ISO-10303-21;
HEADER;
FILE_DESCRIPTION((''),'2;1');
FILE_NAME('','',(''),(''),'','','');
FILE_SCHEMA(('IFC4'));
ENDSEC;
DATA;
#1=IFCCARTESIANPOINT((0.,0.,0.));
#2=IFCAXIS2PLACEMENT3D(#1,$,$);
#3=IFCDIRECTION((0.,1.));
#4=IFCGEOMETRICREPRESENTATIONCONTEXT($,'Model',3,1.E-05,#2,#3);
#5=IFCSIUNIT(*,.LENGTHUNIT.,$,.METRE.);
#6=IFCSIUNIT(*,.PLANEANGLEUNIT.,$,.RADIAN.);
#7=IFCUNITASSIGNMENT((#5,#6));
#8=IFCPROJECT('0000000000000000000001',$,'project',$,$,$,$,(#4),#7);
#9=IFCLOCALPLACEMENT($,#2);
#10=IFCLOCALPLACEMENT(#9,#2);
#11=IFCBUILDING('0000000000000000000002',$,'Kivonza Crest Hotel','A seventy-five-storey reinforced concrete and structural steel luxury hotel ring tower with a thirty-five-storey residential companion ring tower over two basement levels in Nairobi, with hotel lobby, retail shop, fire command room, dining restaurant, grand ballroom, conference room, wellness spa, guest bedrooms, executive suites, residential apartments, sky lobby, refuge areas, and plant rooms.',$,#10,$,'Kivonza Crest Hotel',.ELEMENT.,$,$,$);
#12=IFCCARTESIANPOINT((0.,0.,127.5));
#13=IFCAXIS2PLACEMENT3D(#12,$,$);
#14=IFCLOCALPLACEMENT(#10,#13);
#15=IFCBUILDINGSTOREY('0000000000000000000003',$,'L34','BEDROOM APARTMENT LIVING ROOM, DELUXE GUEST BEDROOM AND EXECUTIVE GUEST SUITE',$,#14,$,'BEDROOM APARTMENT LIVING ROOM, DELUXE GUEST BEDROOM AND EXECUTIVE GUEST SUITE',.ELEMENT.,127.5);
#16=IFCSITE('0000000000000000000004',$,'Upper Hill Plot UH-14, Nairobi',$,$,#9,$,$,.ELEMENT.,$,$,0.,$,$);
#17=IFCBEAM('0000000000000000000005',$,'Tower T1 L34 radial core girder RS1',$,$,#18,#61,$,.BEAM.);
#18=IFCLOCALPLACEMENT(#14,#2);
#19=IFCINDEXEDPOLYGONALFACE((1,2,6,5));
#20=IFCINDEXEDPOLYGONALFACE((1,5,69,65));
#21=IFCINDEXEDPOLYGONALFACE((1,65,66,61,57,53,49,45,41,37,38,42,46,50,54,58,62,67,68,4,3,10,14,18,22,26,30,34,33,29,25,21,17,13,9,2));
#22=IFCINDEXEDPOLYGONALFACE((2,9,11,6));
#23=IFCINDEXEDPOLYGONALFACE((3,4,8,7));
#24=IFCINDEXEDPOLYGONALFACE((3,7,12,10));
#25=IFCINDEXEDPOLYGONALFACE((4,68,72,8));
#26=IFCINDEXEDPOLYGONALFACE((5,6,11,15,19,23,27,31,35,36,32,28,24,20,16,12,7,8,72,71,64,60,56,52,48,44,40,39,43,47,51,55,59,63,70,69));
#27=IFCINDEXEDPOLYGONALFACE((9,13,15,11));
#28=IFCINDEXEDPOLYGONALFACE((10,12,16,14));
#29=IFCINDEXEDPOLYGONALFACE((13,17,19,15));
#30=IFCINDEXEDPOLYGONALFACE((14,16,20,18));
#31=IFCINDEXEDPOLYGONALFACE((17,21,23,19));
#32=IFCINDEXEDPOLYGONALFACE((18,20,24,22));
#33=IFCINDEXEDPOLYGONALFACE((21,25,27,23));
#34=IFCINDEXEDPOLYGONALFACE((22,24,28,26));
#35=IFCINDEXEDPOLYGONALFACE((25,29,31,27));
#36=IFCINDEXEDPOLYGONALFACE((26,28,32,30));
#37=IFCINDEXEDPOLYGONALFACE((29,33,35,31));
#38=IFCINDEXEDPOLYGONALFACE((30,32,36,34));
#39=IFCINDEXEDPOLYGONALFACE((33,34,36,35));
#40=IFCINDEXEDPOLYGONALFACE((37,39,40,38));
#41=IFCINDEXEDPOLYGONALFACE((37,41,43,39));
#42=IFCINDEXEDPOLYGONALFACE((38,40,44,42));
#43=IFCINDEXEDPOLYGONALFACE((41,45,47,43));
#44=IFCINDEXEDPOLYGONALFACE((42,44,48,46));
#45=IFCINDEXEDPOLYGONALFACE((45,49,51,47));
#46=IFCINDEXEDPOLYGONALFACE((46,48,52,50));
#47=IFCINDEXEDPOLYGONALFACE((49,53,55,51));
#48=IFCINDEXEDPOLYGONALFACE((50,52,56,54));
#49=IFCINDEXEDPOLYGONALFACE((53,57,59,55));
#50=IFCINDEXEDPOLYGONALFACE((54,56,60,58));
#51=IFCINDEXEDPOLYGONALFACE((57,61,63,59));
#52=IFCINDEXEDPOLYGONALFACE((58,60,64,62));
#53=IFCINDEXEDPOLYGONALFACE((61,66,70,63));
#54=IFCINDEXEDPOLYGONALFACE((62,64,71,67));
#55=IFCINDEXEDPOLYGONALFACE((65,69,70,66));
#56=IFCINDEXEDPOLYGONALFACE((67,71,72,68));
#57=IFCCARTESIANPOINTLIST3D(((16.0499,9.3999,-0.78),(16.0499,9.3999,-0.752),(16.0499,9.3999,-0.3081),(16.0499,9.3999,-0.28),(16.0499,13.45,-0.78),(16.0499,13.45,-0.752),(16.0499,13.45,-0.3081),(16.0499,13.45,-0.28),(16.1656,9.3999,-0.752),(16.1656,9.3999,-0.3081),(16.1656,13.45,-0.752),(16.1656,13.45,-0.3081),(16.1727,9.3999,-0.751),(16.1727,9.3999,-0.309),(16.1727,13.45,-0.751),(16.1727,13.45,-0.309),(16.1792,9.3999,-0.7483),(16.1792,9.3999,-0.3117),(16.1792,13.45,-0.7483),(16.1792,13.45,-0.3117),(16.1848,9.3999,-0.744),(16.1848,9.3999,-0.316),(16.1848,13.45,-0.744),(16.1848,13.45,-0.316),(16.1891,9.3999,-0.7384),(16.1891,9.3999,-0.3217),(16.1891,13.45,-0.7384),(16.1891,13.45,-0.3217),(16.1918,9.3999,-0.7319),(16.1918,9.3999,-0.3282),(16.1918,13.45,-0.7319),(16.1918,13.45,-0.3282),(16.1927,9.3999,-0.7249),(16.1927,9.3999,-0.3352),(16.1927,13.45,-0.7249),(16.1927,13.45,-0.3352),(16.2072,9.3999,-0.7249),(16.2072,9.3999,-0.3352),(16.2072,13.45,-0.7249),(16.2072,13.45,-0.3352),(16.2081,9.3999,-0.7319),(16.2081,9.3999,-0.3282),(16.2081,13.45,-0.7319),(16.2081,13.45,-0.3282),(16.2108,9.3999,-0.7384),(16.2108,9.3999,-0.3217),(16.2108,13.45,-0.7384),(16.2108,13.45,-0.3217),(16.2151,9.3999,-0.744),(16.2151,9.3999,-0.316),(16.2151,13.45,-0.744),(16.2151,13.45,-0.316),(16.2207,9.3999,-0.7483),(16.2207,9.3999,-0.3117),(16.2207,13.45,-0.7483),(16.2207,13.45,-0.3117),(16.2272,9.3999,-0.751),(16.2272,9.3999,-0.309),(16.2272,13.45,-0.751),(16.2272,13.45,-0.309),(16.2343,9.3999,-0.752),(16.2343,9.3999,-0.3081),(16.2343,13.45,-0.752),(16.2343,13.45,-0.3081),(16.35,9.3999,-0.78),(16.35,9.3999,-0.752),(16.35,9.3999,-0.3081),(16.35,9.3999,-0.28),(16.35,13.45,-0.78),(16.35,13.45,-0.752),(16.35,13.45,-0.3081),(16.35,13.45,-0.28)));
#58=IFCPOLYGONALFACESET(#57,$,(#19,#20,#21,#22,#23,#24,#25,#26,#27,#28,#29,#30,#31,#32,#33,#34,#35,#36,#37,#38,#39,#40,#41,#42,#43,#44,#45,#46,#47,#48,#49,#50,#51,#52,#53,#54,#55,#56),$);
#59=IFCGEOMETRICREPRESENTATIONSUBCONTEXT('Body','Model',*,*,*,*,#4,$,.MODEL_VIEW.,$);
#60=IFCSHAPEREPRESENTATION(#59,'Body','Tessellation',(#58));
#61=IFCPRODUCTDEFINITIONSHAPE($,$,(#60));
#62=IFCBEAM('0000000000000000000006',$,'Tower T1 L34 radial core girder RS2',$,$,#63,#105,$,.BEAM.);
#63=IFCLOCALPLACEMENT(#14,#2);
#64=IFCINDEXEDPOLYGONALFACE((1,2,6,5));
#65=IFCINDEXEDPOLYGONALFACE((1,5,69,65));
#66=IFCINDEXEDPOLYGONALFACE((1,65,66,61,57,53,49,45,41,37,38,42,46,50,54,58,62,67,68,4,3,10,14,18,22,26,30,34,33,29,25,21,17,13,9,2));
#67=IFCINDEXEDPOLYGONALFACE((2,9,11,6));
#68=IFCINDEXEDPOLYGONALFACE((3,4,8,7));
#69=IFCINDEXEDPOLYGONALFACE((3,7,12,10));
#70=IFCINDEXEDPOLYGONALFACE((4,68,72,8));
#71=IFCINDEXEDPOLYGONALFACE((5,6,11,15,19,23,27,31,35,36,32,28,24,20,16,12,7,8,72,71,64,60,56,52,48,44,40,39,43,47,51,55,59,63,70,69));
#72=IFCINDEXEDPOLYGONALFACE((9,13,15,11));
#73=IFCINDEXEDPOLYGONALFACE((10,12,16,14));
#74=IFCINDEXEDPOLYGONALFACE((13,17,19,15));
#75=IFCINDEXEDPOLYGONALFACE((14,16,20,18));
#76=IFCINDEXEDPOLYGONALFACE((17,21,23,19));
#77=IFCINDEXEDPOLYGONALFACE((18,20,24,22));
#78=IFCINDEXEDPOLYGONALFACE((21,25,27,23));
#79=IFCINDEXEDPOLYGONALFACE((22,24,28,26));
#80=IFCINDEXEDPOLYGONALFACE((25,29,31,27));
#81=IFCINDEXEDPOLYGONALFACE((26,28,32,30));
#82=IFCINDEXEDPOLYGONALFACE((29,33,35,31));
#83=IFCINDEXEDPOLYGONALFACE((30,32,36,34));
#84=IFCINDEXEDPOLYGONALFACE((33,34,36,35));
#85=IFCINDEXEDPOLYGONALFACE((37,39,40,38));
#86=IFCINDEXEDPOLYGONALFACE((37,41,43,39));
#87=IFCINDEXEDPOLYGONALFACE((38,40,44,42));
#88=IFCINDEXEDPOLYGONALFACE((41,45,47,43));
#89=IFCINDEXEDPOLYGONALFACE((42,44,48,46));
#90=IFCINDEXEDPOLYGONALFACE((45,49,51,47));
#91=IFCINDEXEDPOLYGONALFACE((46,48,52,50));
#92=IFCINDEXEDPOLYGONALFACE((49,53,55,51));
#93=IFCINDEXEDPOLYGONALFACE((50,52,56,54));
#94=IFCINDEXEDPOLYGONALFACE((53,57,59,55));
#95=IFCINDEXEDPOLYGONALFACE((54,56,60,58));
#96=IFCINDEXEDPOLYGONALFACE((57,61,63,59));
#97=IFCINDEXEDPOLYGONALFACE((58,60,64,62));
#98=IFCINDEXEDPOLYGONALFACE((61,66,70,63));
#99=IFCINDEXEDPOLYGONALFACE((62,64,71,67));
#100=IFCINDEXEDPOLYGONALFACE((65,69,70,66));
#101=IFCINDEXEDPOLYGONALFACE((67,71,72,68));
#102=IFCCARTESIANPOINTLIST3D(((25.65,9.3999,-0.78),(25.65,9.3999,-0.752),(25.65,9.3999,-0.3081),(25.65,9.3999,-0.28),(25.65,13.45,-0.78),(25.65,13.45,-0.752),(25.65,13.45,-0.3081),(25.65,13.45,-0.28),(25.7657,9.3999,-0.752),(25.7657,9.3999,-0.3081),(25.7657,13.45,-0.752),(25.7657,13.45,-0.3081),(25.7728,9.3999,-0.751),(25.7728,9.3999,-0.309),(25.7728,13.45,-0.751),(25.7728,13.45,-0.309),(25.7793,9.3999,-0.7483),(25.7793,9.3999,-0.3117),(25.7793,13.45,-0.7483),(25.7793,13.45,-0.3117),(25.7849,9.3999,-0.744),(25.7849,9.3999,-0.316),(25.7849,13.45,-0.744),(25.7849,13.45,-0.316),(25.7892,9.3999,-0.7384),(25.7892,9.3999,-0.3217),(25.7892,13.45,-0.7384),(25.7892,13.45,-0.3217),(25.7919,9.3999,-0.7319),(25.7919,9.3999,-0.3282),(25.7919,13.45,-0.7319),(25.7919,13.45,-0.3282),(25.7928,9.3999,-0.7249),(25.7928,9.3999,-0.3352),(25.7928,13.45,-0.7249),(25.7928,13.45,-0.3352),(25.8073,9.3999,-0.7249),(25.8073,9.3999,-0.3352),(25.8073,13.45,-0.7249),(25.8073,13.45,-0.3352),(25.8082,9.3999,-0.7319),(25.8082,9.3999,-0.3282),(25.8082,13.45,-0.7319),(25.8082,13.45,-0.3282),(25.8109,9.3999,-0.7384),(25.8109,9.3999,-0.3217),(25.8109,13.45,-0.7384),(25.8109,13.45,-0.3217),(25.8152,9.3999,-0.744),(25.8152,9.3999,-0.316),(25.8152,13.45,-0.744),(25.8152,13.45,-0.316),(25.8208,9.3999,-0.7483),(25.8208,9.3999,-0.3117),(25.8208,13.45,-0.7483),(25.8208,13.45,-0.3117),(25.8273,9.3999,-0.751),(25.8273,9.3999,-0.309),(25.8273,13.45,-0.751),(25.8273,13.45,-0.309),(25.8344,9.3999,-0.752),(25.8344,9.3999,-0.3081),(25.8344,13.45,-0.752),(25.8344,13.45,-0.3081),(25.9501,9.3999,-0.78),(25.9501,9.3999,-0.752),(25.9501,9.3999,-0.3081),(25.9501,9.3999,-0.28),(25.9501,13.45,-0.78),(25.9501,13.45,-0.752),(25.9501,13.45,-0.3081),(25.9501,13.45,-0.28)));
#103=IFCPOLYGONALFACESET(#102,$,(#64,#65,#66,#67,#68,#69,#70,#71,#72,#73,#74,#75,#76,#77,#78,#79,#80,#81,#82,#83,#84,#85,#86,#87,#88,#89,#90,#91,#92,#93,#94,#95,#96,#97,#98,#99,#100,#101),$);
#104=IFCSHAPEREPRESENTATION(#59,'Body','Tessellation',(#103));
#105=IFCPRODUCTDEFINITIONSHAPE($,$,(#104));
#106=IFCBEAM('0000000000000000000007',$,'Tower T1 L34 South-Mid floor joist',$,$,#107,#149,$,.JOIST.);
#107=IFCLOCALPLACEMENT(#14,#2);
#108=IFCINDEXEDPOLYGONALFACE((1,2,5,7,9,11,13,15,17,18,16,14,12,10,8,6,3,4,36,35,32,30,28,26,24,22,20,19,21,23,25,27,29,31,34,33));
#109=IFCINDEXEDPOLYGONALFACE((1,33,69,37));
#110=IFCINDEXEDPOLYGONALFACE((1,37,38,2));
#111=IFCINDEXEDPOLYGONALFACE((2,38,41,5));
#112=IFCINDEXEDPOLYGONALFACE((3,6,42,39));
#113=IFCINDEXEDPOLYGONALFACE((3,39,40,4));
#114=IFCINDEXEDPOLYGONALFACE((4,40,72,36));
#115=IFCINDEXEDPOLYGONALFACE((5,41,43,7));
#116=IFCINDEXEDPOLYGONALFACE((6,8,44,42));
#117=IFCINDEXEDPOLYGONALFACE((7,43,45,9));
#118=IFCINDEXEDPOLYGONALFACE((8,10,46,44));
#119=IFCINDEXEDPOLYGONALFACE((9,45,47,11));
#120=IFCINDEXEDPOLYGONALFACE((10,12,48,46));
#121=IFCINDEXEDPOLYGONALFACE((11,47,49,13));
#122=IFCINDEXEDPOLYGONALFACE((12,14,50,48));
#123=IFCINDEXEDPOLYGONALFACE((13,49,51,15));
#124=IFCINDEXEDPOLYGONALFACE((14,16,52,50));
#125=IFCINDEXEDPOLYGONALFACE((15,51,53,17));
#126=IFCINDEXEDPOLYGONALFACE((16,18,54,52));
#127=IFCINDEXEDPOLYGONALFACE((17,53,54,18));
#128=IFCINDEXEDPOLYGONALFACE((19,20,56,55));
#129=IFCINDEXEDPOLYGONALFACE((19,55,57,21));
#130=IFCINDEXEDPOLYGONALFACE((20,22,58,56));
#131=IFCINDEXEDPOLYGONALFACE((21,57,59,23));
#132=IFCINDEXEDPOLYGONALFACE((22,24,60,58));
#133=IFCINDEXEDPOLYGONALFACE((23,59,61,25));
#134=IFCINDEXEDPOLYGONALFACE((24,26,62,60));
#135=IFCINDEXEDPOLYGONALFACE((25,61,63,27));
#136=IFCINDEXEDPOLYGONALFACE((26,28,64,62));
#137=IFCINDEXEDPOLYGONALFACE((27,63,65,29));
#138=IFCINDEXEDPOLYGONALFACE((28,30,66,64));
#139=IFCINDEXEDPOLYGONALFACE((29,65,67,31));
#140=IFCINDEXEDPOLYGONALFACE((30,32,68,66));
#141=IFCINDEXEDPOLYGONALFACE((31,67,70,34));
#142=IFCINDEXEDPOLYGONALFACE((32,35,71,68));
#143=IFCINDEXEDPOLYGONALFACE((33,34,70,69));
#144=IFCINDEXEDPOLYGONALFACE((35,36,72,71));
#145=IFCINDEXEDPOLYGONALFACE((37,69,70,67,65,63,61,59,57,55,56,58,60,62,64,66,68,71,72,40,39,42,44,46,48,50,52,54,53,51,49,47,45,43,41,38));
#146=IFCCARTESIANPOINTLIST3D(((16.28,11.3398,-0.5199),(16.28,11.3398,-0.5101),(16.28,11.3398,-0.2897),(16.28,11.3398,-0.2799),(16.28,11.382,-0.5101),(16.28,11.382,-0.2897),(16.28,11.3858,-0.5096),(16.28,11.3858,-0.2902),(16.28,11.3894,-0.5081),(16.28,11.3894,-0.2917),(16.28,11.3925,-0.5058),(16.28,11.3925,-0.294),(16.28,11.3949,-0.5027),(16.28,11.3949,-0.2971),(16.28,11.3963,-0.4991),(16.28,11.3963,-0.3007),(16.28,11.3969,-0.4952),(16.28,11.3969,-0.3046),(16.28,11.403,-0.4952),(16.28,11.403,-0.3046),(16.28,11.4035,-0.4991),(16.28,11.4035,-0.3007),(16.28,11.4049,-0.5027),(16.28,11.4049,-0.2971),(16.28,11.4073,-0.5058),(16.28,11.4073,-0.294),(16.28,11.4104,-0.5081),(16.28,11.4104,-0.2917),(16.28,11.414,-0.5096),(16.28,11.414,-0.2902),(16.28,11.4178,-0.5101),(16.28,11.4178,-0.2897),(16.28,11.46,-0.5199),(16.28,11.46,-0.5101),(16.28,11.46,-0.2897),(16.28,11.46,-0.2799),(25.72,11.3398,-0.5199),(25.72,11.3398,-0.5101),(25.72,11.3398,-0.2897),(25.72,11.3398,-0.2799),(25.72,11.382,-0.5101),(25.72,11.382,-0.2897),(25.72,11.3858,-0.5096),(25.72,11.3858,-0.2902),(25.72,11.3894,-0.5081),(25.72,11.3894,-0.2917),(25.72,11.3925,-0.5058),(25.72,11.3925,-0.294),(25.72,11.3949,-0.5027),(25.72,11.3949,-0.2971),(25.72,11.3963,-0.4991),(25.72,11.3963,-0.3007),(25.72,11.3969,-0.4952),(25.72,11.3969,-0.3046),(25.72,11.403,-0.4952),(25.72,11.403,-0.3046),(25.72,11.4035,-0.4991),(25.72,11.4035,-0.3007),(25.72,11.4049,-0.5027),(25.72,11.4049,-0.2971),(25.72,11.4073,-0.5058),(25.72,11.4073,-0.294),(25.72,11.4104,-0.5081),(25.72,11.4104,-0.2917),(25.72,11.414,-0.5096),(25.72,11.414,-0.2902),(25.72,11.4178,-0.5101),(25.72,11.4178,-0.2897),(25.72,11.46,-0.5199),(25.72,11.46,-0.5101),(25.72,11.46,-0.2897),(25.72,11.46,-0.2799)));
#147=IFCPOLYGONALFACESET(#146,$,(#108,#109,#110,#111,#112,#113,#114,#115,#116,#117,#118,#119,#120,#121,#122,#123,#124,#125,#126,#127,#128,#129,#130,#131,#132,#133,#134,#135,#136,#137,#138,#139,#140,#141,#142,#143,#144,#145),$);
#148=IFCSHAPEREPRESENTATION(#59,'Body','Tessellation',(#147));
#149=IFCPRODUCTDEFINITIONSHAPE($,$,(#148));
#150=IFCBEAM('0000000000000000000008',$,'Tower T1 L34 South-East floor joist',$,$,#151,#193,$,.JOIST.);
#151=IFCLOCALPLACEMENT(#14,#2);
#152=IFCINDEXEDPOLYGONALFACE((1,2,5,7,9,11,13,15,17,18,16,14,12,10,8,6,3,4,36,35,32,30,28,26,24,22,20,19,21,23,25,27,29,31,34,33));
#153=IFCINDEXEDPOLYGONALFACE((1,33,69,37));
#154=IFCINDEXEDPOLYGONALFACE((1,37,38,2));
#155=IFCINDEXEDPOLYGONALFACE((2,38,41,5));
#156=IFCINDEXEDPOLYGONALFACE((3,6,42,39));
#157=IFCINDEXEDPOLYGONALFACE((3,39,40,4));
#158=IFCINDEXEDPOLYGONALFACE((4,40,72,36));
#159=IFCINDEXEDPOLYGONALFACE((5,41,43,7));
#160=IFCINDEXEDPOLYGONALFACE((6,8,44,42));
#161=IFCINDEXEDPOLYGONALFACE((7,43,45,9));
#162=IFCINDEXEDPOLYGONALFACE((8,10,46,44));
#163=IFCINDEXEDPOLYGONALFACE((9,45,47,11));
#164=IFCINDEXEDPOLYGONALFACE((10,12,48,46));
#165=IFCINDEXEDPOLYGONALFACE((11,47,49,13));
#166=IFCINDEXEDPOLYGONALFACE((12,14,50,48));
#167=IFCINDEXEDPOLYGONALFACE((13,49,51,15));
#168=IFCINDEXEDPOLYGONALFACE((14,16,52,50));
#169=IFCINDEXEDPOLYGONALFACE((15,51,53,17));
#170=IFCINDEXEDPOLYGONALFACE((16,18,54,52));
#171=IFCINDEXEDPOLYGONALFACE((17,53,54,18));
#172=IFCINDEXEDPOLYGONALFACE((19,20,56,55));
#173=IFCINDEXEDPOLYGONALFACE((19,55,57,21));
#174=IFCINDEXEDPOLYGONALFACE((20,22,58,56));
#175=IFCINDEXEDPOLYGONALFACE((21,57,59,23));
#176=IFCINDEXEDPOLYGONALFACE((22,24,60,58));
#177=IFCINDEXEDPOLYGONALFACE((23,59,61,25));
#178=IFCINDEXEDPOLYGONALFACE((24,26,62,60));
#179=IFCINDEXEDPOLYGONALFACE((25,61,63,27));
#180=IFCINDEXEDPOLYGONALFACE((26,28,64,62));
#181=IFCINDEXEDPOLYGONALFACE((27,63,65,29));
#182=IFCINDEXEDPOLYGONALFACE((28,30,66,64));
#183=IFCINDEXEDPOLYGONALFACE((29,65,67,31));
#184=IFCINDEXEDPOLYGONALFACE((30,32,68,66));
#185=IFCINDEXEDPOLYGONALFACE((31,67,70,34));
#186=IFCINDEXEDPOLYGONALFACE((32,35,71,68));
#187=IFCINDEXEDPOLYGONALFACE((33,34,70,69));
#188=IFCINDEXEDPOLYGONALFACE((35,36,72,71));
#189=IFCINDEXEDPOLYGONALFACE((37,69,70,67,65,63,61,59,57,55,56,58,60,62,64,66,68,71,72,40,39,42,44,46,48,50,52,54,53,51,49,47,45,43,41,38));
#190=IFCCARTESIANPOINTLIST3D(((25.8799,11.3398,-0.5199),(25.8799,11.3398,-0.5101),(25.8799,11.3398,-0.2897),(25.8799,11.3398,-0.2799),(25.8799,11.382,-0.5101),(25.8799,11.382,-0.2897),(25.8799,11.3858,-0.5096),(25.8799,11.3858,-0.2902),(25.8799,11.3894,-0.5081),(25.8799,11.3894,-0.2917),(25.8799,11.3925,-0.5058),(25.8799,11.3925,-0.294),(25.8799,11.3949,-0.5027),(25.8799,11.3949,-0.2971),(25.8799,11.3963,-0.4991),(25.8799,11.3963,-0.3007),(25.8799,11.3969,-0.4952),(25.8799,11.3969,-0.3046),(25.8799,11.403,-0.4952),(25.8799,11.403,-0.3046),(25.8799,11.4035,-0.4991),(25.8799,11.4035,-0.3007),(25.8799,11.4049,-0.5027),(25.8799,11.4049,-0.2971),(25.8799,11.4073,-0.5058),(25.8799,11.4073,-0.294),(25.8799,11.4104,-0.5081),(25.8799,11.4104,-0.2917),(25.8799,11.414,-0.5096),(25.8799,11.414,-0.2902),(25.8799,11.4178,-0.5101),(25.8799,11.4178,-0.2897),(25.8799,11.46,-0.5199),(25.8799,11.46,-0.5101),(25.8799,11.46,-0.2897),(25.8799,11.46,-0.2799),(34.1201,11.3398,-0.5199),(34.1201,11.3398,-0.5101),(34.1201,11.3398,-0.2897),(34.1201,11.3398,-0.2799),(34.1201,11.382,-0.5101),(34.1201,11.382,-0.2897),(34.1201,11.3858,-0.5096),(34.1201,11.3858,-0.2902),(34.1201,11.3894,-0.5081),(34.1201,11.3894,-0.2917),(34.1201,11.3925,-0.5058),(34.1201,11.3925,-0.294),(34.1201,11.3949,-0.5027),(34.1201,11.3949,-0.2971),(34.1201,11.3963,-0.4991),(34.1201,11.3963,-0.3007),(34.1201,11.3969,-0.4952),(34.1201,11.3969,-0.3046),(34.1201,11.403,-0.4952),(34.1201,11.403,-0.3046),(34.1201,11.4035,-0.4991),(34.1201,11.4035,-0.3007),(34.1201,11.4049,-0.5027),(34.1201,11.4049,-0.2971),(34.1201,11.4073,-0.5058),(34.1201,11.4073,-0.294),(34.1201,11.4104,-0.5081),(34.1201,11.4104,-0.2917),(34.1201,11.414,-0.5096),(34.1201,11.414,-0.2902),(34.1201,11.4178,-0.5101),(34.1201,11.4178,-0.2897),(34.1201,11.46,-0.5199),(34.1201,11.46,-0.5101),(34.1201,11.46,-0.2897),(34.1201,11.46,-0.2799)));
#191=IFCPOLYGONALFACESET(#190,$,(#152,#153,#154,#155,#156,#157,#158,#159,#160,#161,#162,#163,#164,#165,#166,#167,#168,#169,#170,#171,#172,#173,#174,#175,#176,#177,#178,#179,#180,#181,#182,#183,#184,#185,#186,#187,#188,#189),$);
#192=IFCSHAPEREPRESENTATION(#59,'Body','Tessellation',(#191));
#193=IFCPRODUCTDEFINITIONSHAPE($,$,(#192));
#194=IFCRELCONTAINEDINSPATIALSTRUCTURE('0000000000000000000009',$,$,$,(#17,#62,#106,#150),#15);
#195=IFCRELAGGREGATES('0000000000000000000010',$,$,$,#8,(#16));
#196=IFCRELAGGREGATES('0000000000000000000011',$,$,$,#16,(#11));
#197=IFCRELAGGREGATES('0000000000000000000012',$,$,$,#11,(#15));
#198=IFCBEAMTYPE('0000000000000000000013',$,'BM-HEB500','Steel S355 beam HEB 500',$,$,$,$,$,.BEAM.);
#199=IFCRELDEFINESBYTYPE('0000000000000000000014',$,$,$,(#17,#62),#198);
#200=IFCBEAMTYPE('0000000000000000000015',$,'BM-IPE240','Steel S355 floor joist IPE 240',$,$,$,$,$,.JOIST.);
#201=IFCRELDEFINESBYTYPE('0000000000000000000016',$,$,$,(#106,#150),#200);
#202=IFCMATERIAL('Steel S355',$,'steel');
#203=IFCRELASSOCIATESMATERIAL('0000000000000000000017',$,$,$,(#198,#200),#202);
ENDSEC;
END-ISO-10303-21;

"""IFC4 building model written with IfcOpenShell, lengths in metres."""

from ifc_helpers import new_model, si_unit, direction, frame, origin, origin_2d, place, context, subcontext, project, spatial, i_section, extrude, material, material_profile, profile_set, type_object, element, save


model = new_model("IFC4")

# Units and contexts
model_context = context("Model", 3, precision=1e-05, world=origin(), true_north=direction((0.0, 1.0)))
body_context = subcontext(model_context, "Body", "Model", "MODEL_VIEW")
ifc_project = project(units=[si_unit("LENGTHUNIT", "METRE"), si_unit("PLANEANGLEUNIT", "RADIAN")], contexts=[model_context])

# Site, building, storey
site_placement = place(None, origin())
site = spatial("IfcSite", under=ifc_project, at=site_placement, Name="Upper Hill Plot UH-14, Nairobi", CompositionType="ELEMENT", RefElevation=0.0)
building_placement = place(site_placement, origin())
building = spatial("IfcBuilding", under=site, at=building_placement, Name="Kivonza Crest Hotel", Description="A seventy-five-storey reinforced concrete and structural steel luxury hotel ring tower with a thirty-five-storey residential companion ring tower over two basement levels in Nairobi, with hotel lobby, retail shop, fire command room, dining restaurant, grand ballroom, conference room, wellness spa, guest bedrooms, executive suites, residential apartments, sky lobby, refuge areas, and plant rooms.", LongName="Kivonza Crest Hotel", CompositionType="ELEMENT")
storey_placement = place(building_placement, frame((0.0, 0.0, 127.5)))
storey = spatial("IfcBuildingStorey", under=building, at=storey_placement, Name="L34", Description="BEDROOM APARTMENT LIVING ROOM, DELUXE GUEST BEDROOM AND EXECUTIVE GUEST SUITE", LongName="BEDROOM APARTMENT LIVING ROOM, DELUXE GUEST BEDROOM AND EXECUTIVE GUEST SUITE", CompositionType="ELEMENT", Elevation=127.5)

# Beams
ifc_material_1 = material(Name="Steel S355", Category="steel")
ifc_material_profile_1 = material_profile(ifc_material_1, i_section(OverallWidth=0.3, OverallDepth=0.5, WebThickness=0.0144, FlangeThickness=0.0281, FilletRadius=0.0271, at=origin_2d()), Name="HEB 500")
ifc_profile_set_1 = profile_set([ifc_material_profile_1], Name="Steel S355")
beam_type_1 = type_object("IfcBeamType", Name="BM-HEB500", Description="Steel S355 beam HEB 500", PredefinedType="BEAM", material=ifc_profile_set_1)
for number, where, z_axis, x_axis, name in (
    (1, (16.2, 9.3999, -0.53), (0.0, 1.0, 0.0), (-1.0, 0.0, 0.0), "Tower T1 L34 radial core girder RS1"),
    (2, (25.8, 9.3999, -0.53), (0.0, 1.0, 0.0), (-1.0, 0.0, 0.0), "Tower T1 L34 radial core girder RS2"),
):
    element("IfcBeam", number, at=place(storey_placement, frame(where, z_axis=z_axis, x_axis=x_axis)), inside=storey, type_object=beam_type_1, Name=name, PredefinedType="BEAM", context=body_context, shape_type="SweptSolid", body=[
        extrude(i_section(OverallWidth=0.3, OverallDepth=0.5, WebThickness=0.0144, FlangeThickness=0.0281, FilletRadius=0.0271, at=origin_2d()), origin(), (0.0, 0.0, 1.0), 4.05),
    ])
ifc_material_profile_2 = material_profile(ifc_material_1, i_section(OverallWidth=0.1201, OverallDepth=0.24, WebThickness=0.0061, FlangeThickness=0.0098, FilletRadius=0.0149, at=origin_2d()), Name="IPE 240")
ifc_profile_set_2 = profile_set([ifc_material_profile_2], Name="Steel S355")
beam_type_2 = type_object("IfcBeamType", Name="BM-IPE240", Description="Steel S355 floor joist IPE 240", PredefinedType="JOIST", material=ifc_profile_set_2)
beam_1_placement = place(storey_placement, frame((16.28, 11.3999, -0.3999), z_axis=(1.0, 0.0, 0.0), x_axis=(0.0, 1.0, 0.0)))
element("IfcBeam", 3, at=beam_1_placement, inside=storey, type_object=beam_type_2, Name="Tower T1 L34 South-Mid floor joist", PredefinedType="JOIST", context=body_context, shape_type="SweptSolid", body=[
    extrude(i_section(OverallWidth=0.1201, OverallDepth=0.24, WebThickness=0.0061, FlangeThickness=0.0098, FilletRadius=0.0149, at=origin_2d()), origin(), (0.0, 0.0, 1.0), 9.4399),
])
beam_2_placement = place(storey_placement, frame((25.8799, 11.3999, -0.3999), z_axis=(1.0, 0.0, 0.0), x_axis=(0.0, 1.0, 0.0)))
element("IfcBeam", 4, at=beam_2_placement, inside=storey, type_object=beam_type_2, Name="Tower T1 L34 South-East floor joist", PredefinedType="JOIST", context=body_context, shape_type="SweptSolid", body=[
    extrude(i_section(OverallWidth=0.1201, OverallDepth=0.24, WebThickness=0.0061, FlangeThickness=0.0098, FilletRadius=0.0149, at=origin_2d()), origin(), (0.0, 0.0, 1.0), 8.2402),
])

save(model, "model.ifc")
